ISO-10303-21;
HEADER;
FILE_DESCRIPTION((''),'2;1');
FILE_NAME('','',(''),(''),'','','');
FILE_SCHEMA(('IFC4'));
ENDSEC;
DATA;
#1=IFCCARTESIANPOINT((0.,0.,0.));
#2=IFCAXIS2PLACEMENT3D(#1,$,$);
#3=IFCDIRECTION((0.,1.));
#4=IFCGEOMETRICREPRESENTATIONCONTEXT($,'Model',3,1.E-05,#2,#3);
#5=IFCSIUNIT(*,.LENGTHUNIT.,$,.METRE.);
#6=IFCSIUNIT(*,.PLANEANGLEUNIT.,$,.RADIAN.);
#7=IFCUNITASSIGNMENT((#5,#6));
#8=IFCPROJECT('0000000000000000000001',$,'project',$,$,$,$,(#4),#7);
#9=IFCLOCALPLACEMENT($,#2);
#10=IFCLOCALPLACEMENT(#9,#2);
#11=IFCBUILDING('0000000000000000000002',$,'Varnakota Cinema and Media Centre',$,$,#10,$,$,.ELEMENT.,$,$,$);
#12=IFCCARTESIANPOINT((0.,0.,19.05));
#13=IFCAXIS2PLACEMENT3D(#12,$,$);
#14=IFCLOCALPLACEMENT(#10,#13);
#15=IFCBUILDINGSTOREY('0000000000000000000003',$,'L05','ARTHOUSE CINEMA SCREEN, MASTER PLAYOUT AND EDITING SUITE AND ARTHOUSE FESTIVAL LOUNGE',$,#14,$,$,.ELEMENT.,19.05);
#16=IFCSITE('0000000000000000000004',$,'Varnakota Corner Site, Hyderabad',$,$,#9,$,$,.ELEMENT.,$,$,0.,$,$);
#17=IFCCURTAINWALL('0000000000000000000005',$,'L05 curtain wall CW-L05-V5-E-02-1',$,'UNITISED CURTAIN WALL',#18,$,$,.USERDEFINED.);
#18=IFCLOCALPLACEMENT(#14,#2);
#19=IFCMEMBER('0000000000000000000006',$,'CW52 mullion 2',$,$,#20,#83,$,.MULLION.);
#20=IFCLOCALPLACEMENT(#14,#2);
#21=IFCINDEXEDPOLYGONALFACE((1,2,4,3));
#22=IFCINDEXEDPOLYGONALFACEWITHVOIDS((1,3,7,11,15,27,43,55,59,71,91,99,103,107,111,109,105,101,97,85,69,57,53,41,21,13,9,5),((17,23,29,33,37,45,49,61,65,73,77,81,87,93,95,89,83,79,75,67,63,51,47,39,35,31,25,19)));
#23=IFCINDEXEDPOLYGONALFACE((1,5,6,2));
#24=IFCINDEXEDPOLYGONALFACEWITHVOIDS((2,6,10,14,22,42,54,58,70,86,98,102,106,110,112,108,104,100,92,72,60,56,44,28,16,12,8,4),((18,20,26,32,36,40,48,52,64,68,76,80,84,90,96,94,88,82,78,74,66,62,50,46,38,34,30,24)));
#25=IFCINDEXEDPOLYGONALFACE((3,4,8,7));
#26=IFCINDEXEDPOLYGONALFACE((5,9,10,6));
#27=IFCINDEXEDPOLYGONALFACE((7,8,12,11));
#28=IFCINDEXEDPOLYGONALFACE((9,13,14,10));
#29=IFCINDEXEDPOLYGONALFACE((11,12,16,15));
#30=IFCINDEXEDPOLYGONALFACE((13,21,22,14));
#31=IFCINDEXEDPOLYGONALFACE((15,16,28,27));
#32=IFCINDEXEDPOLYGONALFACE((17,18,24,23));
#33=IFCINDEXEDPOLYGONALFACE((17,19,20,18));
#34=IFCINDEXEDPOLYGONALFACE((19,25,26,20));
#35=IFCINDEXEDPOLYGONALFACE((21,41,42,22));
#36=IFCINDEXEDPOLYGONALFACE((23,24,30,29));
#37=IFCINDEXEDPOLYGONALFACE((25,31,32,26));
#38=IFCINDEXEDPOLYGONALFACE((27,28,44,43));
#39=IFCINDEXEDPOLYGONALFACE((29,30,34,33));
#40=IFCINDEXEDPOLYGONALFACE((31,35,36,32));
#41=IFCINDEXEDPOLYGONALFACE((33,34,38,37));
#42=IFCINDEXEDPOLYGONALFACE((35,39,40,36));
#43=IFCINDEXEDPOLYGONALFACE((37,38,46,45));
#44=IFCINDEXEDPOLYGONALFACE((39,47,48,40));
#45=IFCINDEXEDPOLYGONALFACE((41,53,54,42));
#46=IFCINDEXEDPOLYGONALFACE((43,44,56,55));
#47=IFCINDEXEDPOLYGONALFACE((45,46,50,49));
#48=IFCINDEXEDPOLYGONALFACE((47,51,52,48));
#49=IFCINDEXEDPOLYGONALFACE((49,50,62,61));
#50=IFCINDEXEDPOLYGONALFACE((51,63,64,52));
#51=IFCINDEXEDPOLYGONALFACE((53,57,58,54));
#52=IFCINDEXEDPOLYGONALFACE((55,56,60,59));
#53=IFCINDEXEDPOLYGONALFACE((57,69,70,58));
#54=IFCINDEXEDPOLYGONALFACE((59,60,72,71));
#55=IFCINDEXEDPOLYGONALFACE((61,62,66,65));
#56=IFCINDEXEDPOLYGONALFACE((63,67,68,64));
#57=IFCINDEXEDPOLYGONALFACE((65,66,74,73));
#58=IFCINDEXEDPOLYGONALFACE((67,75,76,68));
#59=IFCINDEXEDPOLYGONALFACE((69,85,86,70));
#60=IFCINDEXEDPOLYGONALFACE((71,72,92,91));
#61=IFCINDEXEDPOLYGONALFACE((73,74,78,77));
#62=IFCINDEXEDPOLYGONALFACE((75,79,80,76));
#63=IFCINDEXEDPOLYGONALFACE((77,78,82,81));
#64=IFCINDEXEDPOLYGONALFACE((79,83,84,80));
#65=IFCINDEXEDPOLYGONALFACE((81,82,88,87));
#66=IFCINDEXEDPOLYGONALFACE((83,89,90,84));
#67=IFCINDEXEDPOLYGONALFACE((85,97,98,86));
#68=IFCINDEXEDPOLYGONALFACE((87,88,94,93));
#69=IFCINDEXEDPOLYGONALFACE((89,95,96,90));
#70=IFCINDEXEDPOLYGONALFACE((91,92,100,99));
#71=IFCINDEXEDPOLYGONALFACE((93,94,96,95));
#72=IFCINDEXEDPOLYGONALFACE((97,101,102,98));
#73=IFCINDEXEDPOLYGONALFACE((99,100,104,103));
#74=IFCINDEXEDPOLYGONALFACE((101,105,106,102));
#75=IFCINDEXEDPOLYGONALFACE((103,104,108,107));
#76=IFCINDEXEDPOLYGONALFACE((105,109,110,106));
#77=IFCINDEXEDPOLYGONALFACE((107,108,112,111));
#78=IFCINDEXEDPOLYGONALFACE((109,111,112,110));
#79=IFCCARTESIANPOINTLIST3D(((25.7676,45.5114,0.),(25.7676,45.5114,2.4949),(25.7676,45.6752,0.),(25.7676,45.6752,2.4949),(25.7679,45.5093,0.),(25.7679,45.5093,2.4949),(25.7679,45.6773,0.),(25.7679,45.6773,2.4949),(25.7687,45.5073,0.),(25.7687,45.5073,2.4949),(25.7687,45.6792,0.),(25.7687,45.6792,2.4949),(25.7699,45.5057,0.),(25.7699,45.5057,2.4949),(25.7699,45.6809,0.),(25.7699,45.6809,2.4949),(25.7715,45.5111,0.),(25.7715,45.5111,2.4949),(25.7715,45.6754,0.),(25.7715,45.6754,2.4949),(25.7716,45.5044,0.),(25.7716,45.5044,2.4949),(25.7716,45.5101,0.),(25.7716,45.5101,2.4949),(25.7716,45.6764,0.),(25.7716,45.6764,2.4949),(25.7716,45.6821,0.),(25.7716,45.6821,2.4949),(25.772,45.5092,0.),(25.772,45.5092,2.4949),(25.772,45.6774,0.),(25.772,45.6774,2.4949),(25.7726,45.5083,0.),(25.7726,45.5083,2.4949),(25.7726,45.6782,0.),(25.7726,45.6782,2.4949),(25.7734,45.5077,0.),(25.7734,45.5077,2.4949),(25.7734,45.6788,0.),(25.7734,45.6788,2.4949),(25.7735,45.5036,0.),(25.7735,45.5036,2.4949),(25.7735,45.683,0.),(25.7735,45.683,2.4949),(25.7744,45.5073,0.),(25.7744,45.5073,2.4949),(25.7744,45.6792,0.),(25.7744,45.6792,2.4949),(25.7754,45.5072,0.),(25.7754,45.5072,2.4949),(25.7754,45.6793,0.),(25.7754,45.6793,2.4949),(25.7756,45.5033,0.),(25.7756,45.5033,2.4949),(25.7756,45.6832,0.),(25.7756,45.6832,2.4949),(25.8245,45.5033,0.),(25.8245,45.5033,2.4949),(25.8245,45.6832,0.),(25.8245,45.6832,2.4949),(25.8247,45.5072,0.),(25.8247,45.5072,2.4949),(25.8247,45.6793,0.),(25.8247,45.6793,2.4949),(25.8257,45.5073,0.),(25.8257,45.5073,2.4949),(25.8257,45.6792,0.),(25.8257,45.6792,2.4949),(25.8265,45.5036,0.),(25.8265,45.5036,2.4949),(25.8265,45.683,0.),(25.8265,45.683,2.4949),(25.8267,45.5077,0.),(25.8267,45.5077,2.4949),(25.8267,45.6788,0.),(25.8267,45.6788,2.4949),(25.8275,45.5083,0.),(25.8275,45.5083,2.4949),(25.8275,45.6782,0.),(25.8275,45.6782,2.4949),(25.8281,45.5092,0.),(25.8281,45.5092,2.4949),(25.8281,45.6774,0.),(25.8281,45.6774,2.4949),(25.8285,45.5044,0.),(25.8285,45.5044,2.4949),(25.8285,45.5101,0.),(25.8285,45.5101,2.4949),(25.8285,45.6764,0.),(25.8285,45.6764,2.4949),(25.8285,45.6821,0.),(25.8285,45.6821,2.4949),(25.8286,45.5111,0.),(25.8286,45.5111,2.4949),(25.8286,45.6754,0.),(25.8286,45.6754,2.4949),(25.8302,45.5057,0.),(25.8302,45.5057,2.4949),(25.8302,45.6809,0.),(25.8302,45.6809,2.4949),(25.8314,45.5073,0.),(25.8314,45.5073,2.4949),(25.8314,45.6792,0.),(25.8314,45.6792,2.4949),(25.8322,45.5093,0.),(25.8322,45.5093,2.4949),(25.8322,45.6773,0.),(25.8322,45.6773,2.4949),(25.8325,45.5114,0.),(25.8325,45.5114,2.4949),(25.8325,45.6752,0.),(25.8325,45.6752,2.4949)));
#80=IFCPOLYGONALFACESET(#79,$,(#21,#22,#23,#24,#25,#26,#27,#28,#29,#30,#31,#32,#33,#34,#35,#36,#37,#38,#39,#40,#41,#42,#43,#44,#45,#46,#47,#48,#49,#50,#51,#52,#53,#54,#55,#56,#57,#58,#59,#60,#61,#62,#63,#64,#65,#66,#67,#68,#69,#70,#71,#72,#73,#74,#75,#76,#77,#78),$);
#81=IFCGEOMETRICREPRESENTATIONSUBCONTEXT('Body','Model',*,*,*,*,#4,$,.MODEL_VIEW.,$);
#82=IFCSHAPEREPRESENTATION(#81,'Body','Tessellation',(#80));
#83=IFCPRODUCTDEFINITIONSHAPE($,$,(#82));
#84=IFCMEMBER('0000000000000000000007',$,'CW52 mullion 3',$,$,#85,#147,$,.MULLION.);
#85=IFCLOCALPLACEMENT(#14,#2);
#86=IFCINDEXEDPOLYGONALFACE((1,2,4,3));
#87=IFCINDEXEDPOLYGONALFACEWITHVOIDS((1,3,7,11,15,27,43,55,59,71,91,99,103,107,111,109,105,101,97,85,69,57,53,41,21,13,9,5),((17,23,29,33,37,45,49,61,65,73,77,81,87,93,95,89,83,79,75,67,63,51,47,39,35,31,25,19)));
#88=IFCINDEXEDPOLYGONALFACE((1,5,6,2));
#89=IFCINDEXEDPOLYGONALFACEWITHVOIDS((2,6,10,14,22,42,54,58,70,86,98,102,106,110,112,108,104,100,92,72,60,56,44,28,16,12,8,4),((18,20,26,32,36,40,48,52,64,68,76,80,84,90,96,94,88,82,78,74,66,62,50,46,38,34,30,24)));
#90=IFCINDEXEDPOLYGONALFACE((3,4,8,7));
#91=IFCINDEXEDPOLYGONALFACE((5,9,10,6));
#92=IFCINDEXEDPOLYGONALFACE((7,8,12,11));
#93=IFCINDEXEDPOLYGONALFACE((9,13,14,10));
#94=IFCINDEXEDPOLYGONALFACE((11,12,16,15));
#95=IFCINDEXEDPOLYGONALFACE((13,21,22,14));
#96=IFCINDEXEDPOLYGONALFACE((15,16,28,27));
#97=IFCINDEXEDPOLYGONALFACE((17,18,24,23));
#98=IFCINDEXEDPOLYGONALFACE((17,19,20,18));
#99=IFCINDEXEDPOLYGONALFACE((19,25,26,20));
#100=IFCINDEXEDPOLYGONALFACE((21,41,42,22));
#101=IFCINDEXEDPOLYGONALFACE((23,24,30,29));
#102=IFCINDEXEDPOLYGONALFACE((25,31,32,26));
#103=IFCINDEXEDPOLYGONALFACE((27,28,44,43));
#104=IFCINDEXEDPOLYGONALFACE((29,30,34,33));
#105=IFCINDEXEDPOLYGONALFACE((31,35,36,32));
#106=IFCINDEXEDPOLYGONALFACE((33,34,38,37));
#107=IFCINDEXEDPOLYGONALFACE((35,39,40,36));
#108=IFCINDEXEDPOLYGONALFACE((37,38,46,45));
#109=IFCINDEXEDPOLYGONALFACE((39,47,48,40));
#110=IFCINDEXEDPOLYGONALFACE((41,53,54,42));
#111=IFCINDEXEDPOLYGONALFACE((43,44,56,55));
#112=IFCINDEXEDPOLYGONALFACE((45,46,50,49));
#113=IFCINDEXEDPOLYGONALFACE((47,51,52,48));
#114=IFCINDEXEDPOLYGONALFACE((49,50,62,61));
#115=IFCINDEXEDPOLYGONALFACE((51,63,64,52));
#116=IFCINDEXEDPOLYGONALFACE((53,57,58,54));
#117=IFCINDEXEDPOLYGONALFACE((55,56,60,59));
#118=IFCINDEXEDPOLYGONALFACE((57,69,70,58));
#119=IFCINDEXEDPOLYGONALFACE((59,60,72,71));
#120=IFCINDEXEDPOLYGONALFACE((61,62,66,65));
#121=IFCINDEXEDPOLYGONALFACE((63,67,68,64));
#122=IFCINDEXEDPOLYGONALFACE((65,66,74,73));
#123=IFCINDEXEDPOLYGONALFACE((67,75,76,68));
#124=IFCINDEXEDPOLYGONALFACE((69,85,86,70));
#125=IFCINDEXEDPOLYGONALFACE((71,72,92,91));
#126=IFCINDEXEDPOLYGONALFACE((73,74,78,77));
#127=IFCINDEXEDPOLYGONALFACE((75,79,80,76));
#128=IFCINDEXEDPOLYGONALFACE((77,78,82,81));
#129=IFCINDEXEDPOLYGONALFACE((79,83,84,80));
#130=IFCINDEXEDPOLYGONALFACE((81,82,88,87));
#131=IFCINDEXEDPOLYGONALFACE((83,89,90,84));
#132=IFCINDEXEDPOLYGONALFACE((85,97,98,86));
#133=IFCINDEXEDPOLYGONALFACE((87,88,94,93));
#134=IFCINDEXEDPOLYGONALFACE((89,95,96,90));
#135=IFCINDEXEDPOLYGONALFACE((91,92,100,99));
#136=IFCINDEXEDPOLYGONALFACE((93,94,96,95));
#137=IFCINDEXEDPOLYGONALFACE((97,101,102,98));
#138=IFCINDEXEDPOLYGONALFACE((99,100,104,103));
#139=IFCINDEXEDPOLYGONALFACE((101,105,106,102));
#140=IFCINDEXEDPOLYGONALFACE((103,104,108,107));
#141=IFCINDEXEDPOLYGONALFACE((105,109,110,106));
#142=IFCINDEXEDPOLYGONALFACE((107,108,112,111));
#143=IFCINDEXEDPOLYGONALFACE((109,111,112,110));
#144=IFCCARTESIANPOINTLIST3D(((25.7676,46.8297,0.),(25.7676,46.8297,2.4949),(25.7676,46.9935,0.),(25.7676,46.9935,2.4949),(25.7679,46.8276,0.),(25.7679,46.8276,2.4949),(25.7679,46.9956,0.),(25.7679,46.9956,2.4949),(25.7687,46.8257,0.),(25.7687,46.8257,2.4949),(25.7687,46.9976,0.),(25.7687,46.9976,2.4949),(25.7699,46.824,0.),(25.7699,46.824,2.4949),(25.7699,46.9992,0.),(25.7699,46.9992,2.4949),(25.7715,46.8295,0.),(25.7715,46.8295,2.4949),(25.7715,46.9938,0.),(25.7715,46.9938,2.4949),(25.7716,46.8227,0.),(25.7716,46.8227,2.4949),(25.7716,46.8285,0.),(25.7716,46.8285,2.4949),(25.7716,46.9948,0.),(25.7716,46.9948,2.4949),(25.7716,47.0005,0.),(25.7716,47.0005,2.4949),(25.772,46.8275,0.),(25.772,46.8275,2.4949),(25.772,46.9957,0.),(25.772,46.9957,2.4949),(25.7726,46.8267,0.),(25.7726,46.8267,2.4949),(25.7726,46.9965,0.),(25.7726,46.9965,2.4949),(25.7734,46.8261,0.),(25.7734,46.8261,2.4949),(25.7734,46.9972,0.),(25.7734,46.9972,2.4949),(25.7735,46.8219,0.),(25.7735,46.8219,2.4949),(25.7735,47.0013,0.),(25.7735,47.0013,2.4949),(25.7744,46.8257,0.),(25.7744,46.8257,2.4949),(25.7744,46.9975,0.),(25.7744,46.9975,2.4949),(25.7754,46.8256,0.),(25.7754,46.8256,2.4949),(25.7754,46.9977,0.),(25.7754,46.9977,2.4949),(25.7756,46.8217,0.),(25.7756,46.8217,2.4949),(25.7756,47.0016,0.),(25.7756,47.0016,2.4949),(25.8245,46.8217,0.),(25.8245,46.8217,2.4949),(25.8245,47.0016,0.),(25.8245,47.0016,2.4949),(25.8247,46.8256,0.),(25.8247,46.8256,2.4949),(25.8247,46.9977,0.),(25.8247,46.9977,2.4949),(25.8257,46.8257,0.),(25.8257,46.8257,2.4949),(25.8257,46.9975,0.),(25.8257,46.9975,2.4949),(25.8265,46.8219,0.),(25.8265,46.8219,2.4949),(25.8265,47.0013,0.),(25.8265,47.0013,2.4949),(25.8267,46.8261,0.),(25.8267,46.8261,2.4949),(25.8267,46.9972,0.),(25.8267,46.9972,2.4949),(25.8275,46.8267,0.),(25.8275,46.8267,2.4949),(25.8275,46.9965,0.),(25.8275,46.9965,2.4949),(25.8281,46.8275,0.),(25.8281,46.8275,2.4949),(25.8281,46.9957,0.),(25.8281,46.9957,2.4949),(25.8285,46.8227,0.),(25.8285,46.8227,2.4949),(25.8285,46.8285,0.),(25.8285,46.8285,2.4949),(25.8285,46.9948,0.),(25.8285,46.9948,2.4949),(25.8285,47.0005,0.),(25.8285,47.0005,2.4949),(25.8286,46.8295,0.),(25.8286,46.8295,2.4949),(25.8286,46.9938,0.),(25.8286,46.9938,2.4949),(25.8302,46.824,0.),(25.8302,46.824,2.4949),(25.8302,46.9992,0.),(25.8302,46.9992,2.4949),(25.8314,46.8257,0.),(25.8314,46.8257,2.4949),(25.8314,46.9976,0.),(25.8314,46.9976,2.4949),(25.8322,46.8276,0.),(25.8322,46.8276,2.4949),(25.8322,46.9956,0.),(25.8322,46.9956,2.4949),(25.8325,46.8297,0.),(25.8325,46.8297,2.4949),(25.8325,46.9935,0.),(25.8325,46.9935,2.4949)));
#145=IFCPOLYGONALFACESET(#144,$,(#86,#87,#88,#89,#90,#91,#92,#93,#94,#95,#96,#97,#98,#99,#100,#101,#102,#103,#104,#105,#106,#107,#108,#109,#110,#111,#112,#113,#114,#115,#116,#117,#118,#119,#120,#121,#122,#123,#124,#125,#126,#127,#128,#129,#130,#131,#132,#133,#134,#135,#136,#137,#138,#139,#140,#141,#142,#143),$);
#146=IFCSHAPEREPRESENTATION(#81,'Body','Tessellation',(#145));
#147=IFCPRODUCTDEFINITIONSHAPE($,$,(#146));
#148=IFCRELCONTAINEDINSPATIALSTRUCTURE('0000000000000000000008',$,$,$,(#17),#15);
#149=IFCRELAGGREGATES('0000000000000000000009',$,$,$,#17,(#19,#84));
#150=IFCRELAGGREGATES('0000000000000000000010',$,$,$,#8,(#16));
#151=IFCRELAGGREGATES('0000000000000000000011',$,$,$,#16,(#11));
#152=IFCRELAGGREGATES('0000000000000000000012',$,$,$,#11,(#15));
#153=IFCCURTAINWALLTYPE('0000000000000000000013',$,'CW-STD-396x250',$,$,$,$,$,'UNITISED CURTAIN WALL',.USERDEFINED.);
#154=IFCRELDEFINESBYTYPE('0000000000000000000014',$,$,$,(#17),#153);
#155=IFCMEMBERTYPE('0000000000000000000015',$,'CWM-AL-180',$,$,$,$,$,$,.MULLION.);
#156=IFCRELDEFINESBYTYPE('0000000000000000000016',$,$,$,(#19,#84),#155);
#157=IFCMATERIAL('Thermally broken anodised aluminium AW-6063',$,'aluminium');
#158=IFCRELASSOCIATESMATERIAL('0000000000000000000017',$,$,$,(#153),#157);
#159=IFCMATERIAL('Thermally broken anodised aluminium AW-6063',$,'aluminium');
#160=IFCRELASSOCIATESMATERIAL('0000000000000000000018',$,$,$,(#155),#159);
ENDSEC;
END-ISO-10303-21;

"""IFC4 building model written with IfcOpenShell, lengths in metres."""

from ifc_helpers import new_model, si_unit, direction, frame, origin, origin_2d, place, context, subcontext, project, spatial, hollow_rectangle, extrude, material, material_profile, profile_set, type_object, element, aggregate, save


model = new_model("IFC4")

# Units and contexts
model_context = context("Model", 3, precision=1e-05, world=origin(), true_north=direction((0.0, 1.0)))
body_context = subcontext(model_context, "Body", "Model", "MODEL_VIEW")
ifc_project = project(units=[si_unit("LENGTHUNIT", "METRE"), si_unit("PLANEANGLEUNIT", "RADIAN")], contexts=[model_context])

# Site, building, storey
site_placement = place(None, origin())
site = spatial("IfcSite", under=ifc_project, at=site_placement, Name="Varnakota Corner Site, Hyderabad", CompositionType="ELEMENT", RefElevation=0.0)
building_placement = place(site_placement, origin())
building = spatial("IfcBuilding", under=site, at=building_placement, Name="Varnakota Cinema and Media Centre", CompositionType="ELEMENT")
storey_placement = place(building_placement, frame((0.0, 0.0, 19.05)))
storey = spatial("IfcBuildingStorey", under=building, at=storey_placement, Name="L05", Description="ARTHOUSE CINEMA SCREEN, MASTER PLAYOUT AND EDITING SUITE AND ARTHOUSE FESTIVAL LOUNGE", CompositionType="ELEMENT", Elevation=19.05)

# Curtain wall, members
ifc_material_1 = material(Name="Thermally broken anodised aluminium AW-6063", Category="aluminium")
curtain_wall_type = type_object("IfcCurtainWallType", Name="CW-STD-396x250", ElementType="UNITISED CURTAIN WALL", PredefinedType="USERDEFINED", material=ifc_material_1)
curtain_wall_placement = place(storey_placement, origin())
curtain_wall = element("IfcCurtainWall", 1, at=curtain_wall_placement, inside=storey, type_object=curtain_wall_type, Name="L05 curtain wall CW-L05-V5-E-02-1", ObjectType="UNITISED CURTAIN WALL", PredefinedType="USERDEFINED")
ifc_material_2 = material(Name="Thermally broken anodised aluminium AW-6063", Category="aluminium")
ifc_material_profile_1 = material_profile(ifc_material_2, hollow_rectangle(XDim=0.0649, YDim=0.1799, WallThickness=0.0039, InnerFilletRadius=0.0039, OuterFilletRadius=0.0081, at=origin_2d()), Name="AL-MULLION 180x65x4")
ifc_profile_set_1 = profile_set([ifc_material_profile_1], Name="Thermally broken anodised aluminium AW-6063")
member_type_1 = type_object("IfcMemberType", Name="CWM-AL-180", PredefinedType="MULLION", material=ifc_profile_set_1)
member_1_placement = place(storey_placement, frame((25.8, 45.5933, 0.0), z_axis=(0.0, 0.0, 1.0), x_axis=(-1.0, 0.0, 0.0)))
member_1 = element("IfcMember", 2, at=member_1_placement, type_object=member_type_1, Name="CW52 mullion 2", PredefinedType="MULLION", context=body_context, shape_type="SweptSolid", body=[
    extrude(hollow_rectangle(XDim=0.0649, YDim=0.1799, WallThickness=0.0039, InnerFilletRadius=0.0039, OuterFilletRadius=0.0081, at=origin_2d()), origin(), (0.0, 0.0, 1.0), 2.4949),
])
member_2_placement = place(storey_placement, frame((25.8, 46.9116, 0.0), z_axis=(0.0, 0.0, 1.0), x_axis=(-1.0, 0.0, 0.0)))
member_2 = element("IfcMember", 3, at=member_2_placement, type_object=member_type_1, Name="CW52 mullion 3", PredefinedType="MULLION", context=body_context, shape_type="SweptSolid", body=[
    extrude(hollow_rectangle(XDim=0.0649, YDim=0.1799, WallThickness=0.0039, InnerFilletRadius=0.0039, OuterFilletRadius=0.0081, at=origin_2d()), origin(), (0.0, 0.0, 1.0), 2.4949),
])
aggregate(curtain_wall, [member_1, member_2])

save(model, "model.ifc")
